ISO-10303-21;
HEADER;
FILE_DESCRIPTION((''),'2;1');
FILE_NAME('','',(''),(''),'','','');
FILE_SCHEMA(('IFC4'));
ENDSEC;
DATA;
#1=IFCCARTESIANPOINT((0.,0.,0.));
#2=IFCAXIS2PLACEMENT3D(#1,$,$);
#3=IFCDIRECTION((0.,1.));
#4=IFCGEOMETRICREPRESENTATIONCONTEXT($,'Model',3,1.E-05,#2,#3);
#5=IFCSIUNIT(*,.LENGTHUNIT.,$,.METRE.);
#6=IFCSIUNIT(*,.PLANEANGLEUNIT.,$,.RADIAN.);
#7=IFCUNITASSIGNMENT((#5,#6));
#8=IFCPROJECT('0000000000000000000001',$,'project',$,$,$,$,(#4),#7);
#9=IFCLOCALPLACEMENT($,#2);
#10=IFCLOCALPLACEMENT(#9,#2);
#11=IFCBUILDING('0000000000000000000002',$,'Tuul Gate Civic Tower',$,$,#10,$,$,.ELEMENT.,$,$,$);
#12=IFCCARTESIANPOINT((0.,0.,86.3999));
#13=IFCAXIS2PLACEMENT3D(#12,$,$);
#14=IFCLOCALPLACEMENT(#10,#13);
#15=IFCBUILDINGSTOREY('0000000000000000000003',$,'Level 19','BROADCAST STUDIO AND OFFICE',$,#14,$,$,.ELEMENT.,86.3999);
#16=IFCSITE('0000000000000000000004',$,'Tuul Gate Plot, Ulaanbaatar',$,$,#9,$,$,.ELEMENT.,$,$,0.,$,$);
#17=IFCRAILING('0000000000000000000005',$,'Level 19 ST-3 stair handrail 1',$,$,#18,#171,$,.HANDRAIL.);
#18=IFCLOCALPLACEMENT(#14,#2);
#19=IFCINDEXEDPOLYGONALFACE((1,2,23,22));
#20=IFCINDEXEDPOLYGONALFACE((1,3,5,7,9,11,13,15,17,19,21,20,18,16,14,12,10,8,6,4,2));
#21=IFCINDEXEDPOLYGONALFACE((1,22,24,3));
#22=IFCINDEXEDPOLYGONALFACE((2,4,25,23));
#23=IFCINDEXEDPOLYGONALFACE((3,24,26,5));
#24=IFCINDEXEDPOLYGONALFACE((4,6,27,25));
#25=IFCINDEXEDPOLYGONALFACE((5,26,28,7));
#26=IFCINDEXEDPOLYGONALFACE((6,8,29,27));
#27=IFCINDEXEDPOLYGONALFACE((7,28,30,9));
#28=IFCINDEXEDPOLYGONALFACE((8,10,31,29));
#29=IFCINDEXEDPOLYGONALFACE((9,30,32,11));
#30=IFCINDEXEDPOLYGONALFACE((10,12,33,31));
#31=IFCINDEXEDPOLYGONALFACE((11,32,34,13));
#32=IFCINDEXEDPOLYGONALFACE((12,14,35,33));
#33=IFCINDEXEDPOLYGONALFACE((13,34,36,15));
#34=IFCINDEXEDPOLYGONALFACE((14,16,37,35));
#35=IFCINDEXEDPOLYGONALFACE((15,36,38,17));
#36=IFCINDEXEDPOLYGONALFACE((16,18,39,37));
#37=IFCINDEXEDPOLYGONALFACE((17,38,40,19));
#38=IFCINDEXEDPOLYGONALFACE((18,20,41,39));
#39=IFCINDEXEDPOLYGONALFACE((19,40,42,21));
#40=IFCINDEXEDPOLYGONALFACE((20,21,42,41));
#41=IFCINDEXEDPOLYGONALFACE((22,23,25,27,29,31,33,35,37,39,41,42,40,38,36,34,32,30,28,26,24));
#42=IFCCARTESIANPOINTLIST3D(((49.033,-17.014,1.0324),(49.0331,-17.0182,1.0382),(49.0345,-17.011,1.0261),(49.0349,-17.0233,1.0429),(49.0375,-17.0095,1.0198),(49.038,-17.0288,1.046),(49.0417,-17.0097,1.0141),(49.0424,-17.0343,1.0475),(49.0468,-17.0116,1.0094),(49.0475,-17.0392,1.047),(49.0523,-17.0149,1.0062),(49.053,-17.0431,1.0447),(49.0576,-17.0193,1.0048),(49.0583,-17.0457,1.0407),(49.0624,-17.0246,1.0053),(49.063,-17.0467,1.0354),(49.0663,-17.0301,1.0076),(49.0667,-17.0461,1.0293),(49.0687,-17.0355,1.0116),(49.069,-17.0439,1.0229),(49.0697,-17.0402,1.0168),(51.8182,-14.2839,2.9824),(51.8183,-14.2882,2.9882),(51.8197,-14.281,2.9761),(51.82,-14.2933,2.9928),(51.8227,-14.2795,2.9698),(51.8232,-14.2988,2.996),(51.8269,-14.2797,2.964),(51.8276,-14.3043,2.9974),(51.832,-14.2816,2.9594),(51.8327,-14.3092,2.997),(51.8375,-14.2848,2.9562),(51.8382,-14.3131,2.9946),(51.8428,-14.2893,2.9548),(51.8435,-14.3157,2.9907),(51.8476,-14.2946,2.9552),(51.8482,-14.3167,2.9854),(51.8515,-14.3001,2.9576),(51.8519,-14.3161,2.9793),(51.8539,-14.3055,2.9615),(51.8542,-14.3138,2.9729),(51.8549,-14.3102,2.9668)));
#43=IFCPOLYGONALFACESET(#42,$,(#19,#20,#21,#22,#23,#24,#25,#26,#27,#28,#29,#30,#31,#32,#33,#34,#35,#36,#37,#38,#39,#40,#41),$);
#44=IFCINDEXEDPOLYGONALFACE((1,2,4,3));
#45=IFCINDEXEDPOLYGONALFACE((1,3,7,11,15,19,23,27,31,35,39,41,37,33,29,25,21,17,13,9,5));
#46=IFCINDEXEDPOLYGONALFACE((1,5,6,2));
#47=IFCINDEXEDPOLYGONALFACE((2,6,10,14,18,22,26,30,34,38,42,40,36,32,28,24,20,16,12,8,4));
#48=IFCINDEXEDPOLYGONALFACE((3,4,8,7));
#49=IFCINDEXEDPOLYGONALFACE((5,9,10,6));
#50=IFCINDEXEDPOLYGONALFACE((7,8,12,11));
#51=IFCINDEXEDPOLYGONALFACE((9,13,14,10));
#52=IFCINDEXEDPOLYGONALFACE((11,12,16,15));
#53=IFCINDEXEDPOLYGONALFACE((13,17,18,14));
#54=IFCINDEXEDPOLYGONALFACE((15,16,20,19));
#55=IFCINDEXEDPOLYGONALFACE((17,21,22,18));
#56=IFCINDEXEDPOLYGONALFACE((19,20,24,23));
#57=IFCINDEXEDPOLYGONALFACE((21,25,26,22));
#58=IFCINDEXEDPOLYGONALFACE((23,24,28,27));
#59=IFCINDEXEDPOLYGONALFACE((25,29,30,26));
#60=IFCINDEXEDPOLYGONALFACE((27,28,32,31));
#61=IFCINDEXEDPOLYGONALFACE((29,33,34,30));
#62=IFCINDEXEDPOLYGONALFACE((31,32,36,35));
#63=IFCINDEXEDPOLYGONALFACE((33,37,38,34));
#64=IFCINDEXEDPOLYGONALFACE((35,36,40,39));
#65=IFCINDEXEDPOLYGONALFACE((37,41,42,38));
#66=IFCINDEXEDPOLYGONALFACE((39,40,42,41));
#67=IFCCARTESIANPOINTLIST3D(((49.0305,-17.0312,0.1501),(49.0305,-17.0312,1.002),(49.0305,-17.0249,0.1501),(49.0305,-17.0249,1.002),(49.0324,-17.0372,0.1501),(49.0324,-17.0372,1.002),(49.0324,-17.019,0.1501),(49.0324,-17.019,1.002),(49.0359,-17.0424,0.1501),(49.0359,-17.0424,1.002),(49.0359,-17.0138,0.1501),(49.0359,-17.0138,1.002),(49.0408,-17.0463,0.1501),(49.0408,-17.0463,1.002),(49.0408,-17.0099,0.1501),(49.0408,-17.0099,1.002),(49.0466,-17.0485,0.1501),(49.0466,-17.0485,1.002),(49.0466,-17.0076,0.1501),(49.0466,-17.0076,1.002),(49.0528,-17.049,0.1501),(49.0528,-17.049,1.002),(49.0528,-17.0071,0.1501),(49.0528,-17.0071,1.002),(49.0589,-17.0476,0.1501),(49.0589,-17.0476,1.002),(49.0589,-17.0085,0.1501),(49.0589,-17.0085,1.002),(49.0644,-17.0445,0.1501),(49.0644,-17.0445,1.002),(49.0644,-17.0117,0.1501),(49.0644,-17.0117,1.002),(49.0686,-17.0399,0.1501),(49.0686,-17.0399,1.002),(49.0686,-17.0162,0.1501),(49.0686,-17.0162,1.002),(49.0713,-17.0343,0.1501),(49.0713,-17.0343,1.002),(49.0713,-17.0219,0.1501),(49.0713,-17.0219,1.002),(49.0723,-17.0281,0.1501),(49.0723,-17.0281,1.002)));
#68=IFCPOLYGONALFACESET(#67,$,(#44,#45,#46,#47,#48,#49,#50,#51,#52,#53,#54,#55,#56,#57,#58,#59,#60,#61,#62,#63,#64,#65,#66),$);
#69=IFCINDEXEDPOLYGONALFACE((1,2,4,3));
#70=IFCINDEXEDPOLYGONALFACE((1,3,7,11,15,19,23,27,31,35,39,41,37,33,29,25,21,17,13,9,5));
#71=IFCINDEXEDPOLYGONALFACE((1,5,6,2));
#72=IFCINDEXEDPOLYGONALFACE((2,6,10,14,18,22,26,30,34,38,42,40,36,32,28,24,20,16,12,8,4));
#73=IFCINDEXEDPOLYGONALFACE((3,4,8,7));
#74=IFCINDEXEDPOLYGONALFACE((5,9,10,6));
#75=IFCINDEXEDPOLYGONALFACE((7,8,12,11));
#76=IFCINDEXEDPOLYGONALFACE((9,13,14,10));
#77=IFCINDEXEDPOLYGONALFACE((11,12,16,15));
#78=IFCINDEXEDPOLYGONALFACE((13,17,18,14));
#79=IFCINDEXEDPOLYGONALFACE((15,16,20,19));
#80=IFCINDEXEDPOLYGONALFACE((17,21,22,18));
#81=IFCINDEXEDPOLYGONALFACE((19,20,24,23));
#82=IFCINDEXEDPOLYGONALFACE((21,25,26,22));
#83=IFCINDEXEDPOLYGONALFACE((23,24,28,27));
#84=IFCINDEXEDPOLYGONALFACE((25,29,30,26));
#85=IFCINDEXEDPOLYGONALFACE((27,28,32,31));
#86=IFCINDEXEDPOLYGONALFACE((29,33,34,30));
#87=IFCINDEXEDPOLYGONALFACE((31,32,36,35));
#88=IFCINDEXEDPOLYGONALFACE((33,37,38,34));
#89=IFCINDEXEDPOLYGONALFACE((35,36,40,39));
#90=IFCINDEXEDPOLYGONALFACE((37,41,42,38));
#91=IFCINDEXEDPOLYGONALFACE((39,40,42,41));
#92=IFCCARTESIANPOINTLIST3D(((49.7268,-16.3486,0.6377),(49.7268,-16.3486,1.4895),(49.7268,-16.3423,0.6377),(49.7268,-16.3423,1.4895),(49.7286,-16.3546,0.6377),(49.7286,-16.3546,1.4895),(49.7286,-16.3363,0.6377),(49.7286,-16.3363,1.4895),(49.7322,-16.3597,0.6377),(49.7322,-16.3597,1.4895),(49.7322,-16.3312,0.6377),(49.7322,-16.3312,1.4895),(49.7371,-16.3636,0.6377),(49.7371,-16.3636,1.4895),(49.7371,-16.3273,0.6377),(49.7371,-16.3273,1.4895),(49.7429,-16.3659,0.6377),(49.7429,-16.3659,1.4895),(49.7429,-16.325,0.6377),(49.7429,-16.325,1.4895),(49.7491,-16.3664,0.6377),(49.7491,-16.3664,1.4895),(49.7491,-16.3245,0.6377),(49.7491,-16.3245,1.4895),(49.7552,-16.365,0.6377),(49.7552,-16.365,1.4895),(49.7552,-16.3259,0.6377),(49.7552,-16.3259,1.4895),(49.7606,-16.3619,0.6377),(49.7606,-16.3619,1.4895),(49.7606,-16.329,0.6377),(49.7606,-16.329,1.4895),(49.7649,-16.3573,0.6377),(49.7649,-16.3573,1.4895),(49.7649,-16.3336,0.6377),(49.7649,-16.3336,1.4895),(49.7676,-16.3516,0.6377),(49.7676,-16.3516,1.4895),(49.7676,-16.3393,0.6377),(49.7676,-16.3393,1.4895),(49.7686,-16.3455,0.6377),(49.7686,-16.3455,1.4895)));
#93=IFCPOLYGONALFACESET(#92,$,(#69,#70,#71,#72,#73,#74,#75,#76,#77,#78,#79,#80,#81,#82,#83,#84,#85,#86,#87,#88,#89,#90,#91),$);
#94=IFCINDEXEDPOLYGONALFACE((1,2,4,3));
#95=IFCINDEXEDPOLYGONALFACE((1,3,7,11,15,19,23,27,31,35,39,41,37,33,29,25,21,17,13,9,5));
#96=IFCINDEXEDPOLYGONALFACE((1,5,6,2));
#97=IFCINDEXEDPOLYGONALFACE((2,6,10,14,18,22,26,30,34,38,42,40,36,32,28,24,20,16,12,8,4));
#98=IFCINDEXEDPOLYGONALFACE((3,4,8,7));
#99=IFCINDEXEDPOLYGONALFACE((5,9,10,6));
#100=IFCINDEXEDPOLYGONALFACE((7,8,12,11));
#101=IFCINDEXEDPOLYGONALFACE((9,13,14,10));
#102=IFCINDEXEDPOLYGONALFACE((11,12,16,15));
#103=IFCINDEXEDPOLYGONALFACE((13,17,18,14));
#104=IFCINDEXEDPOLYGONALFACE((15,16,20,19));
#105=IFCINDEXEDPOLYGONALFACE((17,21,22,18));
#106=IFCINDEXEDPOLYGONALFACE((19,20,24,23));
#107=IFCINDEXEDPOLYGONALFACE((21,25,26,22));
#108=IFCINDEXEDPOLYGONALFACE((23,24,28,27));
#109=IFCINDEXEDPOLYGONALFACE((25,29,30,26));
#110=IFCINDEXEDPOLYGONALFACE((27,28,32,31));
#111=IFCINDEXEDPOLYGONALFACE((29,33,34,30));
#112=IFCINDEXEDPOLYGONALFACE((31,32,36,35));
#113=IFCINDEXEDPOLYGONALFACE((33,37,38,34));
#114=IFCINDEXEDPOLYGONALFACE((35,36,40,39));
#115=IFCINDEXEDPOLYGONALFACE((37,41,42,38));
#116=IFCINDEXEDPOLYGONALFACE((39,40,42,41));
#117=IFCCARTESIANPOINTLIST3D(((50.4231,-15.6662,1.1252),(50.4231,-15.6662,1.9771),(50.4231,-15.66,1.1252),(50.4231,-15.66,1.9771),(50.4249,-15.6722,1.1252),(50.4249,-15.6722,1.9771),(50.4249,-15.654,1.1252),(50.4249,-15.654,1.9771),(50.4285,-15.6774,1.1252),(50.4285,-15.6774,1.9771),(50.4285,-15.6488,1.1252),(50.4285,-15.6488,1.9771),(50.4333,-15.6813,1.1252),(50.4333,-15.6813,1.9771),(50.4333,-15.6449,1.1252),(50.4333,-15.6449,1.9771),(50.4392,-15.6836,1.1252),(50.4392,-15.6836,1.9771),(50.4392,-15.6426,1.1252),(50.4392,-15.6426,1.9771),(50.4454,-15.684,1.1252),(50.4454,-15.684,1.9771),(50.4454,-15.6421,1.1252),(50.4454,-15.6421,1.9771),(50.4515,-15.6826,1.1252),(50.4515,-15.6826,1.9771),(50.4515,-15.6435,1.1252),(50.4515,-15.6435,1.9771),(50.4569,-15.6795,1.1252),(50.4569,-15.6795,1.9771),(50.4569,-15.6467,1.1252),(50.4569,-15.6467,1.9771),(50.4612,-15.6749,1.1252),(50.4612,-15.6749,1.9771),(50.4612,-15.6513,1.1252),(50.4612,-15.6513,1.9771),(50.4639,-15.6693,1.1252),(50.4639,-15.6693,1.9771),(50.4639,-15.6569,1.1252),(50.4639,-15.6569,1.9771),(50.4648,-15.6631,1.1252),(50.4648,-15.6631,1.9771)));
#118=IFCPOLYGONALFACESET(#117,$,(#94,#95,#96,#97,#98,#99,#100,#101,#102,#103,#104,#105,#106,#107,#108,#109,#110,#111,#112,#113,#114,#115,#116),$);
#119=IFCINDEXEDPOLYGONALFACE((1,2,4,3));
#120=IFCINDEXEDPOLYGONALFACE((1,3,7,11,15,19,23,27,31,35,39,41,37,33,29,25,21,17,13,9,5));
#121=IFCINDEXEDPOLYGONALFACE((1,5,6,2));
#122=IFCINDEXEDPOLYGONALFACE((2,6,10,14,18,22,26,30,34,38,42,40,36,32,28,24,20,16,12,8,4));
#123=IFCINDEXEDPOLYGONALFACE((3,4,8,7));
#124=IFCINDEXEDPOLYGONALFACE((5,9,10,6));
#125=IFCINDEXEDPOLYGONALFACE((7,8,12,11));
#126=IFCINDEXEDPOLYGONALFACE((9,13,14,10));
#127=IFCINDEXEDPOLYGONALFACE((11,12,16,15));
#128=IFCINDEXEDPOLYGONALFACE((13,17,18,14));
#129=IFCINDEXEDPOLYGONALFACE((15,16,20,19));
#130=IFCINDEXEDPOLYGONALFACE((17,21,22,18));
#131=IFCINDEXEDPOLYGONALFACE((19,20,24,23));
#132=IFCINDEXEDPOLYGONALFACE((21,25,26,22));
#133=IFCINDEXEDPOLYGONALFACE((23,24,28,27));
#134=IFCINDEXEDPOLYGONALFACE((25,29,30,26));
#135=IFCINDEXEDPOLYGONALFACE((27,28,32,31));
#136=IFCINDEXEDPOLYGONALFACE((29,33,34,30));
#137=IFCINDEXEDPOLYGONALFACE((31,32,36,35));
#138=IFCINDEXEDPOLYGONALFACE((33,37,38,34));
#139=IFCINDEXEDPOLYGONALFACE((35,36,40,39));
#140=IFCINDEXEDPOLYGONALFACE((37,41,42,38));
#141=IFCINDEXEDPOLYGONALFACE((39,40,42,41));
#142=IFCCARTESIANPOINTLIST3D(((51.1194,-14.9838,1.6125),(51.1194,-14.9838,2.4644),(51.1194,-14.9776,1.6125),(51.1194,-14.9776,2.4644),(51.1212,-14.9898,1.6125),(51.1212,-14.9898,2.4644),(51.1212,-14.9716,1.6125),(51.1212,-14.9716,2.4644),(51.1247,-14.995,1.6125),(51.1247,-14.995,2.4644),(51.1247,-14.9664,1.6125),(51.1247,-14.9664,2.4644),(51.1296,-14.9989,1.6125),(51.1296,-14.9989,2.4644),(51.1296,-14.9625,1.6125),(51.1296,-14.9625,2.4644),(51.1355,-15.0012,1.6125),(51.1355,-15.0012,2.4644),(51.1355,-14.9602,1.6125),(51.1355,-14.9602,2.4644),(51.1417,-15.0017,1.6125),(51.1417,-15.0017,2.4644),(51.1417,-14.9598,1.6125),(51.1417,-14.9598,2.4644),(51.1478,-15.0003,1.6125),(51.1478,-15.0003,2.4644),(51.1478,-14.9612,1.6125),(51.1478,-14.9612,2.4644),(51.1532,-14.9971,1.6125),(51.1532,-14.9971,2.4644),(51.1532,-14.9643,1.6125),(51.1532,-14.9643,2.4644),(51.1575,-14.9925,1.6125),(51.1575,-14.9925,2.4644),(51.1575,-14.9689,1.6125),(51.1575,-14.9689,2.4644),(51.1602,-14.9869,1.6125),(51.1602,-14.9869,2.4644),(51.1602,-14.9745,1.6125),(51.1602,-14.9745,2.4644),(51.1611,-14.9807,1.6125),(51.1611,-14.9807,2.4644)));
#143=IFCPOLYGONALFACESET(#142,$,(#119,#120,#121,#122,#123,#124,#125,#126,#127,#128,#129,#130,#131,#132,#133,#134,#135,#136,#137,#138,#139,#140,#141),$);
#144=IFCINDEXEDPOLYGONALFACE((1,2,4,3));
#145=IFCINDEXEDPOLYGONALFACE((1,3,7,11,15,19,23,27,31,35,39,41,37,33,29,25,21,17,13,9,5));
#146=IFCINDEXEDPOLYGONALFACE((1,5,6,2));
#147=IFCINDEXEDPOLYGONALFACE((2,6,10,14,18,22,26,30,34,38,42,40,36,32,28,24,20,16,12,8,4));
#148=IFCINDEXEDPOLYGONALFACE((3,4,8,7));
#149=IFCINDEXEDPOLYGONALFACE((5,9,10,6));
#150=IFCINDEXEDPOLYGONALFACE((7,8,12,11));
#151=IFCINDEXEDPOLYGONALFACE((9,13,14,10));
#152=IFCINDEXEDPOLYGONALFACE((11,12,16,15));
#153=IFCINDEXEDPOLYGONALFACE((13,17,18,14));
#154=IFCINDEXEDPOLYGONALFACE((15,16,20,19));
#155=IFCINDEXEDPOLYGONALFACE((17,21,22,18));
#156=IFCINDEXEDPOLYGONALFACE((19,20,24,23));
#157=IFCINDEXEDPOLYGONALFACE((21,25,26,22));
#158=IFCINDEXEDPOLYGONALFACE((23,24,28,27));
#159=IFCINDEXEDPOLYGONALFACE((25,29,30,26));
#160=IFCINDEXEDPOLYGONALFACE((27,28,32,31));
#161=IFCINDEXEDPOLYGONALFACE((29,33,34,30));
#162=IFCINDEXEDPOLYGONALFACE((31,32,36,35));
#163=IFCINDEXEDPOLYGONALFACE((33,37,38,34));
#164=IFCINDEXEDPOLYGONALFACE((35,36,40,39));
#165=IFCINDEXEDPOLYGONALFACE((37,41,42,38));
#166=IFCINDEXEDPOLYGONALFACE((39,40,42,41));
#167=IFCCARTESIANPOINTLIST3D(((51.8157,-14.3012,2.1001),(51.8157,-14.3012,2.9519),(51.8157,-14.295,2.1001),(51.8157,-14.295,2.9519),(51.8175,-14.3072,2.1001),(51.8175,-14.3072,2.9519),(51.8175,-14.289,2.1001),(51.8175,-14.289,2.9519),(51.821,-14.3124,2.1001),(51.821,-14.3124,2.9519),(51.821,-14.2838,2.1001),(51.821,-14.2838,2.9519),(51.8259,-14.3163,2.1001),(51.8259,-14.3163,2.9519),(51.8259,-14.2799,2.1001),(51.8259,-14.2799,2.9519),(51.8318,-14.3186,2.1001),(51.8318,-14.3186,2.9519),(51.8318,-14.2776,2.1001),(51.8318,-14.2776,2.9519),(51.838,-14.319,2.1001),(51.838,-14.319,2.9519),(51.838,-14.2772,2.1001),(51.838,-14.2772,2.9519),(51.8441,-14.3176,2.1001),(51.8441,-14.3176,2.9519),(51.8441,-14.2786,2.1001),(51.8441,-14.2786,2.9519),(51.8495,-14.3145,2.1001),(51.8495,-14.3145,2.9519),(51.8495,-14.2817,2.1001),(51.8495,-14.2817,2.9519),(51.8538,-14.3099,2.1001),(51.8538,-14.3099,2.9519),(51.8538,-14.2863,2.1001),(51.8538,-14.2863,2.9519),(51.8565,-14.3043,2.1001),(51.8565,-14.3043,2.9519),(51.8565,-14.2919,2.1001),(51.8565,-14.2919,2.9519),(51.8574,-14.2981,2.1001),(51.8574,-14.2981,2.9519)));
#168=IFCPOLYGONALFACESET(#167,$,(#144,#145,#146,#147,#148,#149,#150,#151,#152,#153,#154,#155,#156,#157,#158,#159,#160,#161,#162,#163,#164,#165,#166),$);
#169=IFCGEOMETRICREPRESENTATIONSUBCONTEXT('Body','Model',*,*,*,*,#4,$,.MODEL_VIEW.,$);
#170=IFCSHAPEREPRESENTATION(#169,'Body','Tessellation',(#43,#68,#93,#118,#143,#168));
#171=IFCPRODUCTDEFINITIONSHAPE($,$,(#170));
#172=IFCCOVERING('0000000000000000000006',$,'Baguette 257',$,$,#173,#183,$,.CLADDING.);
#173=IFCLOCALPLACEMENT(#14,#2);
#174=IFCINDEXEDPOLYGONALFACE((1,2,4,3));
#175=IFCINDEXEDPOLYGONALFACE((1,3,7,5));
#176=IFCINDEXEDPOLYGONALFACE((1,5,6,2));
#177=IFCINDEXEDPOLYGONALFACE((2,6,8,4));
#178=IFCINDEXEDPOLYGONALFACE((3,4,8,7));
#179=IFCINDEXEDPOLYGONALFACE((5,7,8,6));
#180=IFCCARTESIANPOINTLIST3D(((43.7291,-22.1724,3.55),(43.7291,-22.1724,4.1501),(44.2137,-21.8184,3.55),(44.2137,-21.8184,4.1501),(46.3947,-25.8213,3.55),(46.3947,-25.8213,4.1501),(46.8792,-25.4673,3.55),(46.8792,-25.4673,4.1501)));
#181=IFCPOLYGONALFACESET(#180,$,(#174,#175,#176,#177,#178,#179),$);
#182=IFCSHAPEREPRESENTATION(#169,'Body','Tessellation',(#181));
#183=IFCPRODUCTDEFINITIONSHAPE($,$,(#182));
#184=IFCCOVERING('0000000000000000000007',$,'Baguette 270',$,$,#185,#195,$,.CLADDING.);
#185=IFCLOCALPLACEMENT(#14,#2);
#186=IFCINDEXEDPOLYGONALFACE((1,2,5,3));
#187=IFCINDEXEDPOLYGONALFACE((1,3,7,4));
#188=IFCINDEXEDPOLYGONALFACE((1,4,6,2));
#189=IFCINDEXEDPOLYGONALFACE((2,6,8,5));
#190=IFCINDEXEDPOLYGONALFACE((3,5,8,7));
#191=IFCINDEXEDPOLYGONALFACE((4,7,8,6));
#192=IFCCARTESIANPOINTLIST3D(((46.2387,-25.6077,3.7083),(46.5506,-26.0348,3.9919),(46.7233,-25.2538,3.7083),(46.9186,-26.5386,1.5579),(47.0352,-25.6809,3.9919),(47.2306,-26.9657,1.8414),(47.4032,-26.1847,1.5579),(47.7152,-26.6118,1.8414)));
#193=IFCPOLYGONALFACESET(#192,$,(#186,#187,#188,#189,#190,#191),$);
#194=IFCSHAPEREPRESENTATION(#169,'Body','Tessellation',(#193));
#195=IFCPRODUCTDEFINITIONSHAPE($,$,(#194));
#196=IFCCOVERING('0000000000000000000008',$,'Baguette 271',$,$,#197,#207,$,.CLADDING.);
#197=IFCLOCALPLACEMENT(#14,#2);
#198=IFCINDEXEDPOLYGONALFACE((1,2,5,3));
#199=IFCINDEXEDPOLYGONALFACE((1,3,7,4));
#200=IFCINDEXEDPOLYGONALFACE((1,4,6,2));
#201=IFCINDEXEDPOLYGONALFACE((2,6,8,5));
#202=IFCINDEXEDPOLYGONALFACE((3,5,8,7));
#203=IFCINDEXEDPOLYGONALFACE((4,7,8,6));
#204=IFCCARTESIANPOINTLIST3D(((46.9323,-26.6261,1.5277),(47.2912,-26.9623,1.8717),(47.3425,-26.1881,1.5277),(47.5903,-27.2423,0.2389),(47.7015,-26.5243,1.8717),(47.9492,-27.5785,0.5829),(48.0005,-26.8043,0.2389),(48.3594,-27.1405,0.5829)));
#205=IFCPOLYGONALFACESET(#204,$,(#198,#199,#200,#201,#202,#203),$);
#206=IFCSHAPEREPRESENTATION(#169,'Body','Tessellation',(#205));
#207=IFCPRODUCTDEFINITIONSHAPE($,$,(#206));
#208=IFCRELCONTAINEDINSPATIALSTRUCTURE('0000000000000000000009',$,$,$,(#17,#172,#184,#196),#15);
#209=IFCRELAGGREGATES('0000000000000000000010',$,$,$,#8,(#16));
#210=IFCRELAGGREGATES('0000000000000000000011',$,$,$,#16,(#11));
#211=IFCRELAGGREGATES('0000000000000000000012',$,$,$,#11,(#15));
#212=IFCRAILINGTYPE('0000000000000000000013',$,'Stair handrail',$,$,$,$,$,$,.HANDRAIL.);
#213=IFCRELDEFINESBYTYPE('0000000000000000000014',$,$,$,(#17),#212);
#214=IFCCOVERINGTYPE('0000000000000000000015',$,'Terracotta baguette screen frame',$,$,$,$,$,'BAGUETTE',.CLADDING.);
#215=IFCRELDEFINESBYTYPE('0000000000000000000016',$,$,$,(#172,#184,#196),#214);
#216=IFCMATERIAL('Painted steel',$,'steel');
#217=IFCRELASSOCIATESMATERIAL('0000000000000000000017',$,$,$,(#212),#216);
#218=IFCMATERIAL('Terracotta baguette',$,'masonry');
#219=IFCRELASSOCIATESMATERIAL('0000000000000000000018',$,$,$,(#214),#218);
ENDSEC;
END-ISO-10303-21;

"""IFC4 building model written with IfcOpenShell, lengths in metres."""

from ifc_helpers import new_model, si_unit, direction, frame, origin, origin_2d, place, context, subcontext, project, spatial, rectangle, circle, extrude, material, material_profile, profile_set, type_object, element, save


model = new_model("IFC4")

# Units and contexts
model_context = context("Model", 3, precision=1e-05, world=origin(), true_north=direction((0.0, 1.0)))
body_context = subcontext(model_context, "Body", "Model", "MODEL_VIEW")
ifc_project = project(units=[si_unit("LENGTHUNIT", "METRE"), si_unit("PLANEANGLEUNIT", "RADIAN")], contexts=[model_context])

# Site, building, storey
site_placement = place(None, origin())
site = spatial("IfcSite", under=ifc_project, at=site_placement, Name="Tuul Gate Plot, Ulaanbaatar", CompositionType="ELEMENT", RefElevation=0.0)
building_placement = place(site_placement, origin())
building = spatial("IfcBuilding", under=site, at=building_placement, Name="Tuul Gate Civic Tower", CompositionType="ELEMENT")
storey_placement = place(building_placement, frame((0.0, 0.0, 86.3999)))
storey = spatial("IfcBuildingStorey", under=building, at=storey_placement, Name="Level 19", Description="BROADCAST STUDIO AND OFFICE", CompositionType="ELEMENT", Elevation=86.3999)

# Railing
ifc_material_1 = material(Name="Painted steel", Category="steel")
railing_type_1 = type_object("IfcRailingType", Name="Stair handrail", PredefinedType="HANDRAIL", material=ifc_material_1)
railing_1_placement = place(storey_placement, frame((49.0513, -17.0281, 0.1501)))
element("IfcRailing", 1, at=railing_1_placement, inside=storey, type_object=railing_type_1, Name="Level 19 ST-3 stair handrail 1", PredefinedType="HANDRAIL", context=body_context, shape_type="SweptSolid", body=[
    extrude(circle(Radius=0.0239, at=origin_2d()), frame((0.0, 0.0, 0.876), z_axis=(0.638754, 0.6261, 0.447206), x_axis=(-0.699998, 0.714145, 0.0)), (0.0, 0.0, 1.0), 4.3604),
    extrude(circle(Radius=0.021, at=origin_2d()), origin(), (0.0, 0.0, 1.0), 0.8518),
    extrude(circle(Radius=0.021, at=origin_2d()), frame((0.6963, 0.6826, 0.4875)), (0.0, 0.0, 1.0), 0.8518),
    extrude(circle(Radius=0.021, at=origin_2d()), frame((1.3926, 1.365, 0.9751)), (0.0, 0.0, 1.0), 0.8518),
    extrude(circle(Radius=0.021, at=origin_2d()), frame((2.0889, 2.0474, 1.4624)), (0.0, 0.0, 1.0), 0.8518),
    extrude(circle(Radius=0.021, at=origin_2d()), frame((2.7852, 2.73, 1.95)), (0.0, 0.0, 1.0), 0.8518),
])

# Coverings
ifc_material_2 = material(Name="Terracotta baguette", Category="masonry")
ifc_material_profile_1 = material_profile(ifc_material_2, rectangle(XDim=0.6001, YDim=0.6001, at=origin_2d()), Name="Terracotta baguette screen frame")
ifc_profile_set_1 = profile_set([ifc_material_profile_1], Name="Terracotta baguette")
covering_type = type_object("IfcCoveringType", Name="Terracotta baguette screen frame", ElementType="BAGUETTE", PredefinedType="CLADDING", material=ifc_profile_set_1)
covering_1_placement = place(storey_placement, frame((43.9714, -21.9954, 3.8501), z_axis=(0.589873, -0.807496, 0.0), x_axis=(0.807496, 0.589873, 0.0)))
element("IfcCovering", 2, at=covering_1_placement, inside=storey, type_object=covering_type, Name="Baguette 257", PredefinedType="CLADDING", context=body_context, shape_type="SweptSolid", body=[
    extrude(rectangle(XDim=0.6001, YDim=0.6001, at=origin_2d()), origin(), (0.0, 0.0, 1.0), 4.5188),
])
covering_2_placement = place(storey_placement, frame((46.637, -25.6443, 3.8501), z_axis=(0.278673, -0.381537, -0.881346), x_axis=(0.807535, 0.58982, 0.0)))
element("IfcCovering", 3, at=covering_2_placement, inside=storey, type_object=covering_type, Name="Baguette 270", PredefinedType="CLADDING", context=body_context, shape_type="SweptSolid", body=[
    extrude(rectangle(XDim=0.6001, YDim=0.6001, at=origin_2d()), origin(), (0.0, 0.0, 1.0), 2.4399),
])
covering_3_placement = place(storey_placement, frame((47.3169, -26.5752, 1.6997), z_axis=(0.418338, -0.391794, -0.819445), x_axis=(0.683572, 0.729883, 0.0)))
element("IfcCovering", 4, at=covering_3_placement, inside=storey, type_object=covering_type, Name="Baguette 271", PredefinedType="CLADDING", context=body_context, shape_type="SweptSolid", body=[
    extrude(rectangle(XDim=0.6001, YDim=0.6001, at=origin_2d()), origin(), (0.0, 0.0, 1.0), 1.5728),
])

save(model, "model.ifc")
